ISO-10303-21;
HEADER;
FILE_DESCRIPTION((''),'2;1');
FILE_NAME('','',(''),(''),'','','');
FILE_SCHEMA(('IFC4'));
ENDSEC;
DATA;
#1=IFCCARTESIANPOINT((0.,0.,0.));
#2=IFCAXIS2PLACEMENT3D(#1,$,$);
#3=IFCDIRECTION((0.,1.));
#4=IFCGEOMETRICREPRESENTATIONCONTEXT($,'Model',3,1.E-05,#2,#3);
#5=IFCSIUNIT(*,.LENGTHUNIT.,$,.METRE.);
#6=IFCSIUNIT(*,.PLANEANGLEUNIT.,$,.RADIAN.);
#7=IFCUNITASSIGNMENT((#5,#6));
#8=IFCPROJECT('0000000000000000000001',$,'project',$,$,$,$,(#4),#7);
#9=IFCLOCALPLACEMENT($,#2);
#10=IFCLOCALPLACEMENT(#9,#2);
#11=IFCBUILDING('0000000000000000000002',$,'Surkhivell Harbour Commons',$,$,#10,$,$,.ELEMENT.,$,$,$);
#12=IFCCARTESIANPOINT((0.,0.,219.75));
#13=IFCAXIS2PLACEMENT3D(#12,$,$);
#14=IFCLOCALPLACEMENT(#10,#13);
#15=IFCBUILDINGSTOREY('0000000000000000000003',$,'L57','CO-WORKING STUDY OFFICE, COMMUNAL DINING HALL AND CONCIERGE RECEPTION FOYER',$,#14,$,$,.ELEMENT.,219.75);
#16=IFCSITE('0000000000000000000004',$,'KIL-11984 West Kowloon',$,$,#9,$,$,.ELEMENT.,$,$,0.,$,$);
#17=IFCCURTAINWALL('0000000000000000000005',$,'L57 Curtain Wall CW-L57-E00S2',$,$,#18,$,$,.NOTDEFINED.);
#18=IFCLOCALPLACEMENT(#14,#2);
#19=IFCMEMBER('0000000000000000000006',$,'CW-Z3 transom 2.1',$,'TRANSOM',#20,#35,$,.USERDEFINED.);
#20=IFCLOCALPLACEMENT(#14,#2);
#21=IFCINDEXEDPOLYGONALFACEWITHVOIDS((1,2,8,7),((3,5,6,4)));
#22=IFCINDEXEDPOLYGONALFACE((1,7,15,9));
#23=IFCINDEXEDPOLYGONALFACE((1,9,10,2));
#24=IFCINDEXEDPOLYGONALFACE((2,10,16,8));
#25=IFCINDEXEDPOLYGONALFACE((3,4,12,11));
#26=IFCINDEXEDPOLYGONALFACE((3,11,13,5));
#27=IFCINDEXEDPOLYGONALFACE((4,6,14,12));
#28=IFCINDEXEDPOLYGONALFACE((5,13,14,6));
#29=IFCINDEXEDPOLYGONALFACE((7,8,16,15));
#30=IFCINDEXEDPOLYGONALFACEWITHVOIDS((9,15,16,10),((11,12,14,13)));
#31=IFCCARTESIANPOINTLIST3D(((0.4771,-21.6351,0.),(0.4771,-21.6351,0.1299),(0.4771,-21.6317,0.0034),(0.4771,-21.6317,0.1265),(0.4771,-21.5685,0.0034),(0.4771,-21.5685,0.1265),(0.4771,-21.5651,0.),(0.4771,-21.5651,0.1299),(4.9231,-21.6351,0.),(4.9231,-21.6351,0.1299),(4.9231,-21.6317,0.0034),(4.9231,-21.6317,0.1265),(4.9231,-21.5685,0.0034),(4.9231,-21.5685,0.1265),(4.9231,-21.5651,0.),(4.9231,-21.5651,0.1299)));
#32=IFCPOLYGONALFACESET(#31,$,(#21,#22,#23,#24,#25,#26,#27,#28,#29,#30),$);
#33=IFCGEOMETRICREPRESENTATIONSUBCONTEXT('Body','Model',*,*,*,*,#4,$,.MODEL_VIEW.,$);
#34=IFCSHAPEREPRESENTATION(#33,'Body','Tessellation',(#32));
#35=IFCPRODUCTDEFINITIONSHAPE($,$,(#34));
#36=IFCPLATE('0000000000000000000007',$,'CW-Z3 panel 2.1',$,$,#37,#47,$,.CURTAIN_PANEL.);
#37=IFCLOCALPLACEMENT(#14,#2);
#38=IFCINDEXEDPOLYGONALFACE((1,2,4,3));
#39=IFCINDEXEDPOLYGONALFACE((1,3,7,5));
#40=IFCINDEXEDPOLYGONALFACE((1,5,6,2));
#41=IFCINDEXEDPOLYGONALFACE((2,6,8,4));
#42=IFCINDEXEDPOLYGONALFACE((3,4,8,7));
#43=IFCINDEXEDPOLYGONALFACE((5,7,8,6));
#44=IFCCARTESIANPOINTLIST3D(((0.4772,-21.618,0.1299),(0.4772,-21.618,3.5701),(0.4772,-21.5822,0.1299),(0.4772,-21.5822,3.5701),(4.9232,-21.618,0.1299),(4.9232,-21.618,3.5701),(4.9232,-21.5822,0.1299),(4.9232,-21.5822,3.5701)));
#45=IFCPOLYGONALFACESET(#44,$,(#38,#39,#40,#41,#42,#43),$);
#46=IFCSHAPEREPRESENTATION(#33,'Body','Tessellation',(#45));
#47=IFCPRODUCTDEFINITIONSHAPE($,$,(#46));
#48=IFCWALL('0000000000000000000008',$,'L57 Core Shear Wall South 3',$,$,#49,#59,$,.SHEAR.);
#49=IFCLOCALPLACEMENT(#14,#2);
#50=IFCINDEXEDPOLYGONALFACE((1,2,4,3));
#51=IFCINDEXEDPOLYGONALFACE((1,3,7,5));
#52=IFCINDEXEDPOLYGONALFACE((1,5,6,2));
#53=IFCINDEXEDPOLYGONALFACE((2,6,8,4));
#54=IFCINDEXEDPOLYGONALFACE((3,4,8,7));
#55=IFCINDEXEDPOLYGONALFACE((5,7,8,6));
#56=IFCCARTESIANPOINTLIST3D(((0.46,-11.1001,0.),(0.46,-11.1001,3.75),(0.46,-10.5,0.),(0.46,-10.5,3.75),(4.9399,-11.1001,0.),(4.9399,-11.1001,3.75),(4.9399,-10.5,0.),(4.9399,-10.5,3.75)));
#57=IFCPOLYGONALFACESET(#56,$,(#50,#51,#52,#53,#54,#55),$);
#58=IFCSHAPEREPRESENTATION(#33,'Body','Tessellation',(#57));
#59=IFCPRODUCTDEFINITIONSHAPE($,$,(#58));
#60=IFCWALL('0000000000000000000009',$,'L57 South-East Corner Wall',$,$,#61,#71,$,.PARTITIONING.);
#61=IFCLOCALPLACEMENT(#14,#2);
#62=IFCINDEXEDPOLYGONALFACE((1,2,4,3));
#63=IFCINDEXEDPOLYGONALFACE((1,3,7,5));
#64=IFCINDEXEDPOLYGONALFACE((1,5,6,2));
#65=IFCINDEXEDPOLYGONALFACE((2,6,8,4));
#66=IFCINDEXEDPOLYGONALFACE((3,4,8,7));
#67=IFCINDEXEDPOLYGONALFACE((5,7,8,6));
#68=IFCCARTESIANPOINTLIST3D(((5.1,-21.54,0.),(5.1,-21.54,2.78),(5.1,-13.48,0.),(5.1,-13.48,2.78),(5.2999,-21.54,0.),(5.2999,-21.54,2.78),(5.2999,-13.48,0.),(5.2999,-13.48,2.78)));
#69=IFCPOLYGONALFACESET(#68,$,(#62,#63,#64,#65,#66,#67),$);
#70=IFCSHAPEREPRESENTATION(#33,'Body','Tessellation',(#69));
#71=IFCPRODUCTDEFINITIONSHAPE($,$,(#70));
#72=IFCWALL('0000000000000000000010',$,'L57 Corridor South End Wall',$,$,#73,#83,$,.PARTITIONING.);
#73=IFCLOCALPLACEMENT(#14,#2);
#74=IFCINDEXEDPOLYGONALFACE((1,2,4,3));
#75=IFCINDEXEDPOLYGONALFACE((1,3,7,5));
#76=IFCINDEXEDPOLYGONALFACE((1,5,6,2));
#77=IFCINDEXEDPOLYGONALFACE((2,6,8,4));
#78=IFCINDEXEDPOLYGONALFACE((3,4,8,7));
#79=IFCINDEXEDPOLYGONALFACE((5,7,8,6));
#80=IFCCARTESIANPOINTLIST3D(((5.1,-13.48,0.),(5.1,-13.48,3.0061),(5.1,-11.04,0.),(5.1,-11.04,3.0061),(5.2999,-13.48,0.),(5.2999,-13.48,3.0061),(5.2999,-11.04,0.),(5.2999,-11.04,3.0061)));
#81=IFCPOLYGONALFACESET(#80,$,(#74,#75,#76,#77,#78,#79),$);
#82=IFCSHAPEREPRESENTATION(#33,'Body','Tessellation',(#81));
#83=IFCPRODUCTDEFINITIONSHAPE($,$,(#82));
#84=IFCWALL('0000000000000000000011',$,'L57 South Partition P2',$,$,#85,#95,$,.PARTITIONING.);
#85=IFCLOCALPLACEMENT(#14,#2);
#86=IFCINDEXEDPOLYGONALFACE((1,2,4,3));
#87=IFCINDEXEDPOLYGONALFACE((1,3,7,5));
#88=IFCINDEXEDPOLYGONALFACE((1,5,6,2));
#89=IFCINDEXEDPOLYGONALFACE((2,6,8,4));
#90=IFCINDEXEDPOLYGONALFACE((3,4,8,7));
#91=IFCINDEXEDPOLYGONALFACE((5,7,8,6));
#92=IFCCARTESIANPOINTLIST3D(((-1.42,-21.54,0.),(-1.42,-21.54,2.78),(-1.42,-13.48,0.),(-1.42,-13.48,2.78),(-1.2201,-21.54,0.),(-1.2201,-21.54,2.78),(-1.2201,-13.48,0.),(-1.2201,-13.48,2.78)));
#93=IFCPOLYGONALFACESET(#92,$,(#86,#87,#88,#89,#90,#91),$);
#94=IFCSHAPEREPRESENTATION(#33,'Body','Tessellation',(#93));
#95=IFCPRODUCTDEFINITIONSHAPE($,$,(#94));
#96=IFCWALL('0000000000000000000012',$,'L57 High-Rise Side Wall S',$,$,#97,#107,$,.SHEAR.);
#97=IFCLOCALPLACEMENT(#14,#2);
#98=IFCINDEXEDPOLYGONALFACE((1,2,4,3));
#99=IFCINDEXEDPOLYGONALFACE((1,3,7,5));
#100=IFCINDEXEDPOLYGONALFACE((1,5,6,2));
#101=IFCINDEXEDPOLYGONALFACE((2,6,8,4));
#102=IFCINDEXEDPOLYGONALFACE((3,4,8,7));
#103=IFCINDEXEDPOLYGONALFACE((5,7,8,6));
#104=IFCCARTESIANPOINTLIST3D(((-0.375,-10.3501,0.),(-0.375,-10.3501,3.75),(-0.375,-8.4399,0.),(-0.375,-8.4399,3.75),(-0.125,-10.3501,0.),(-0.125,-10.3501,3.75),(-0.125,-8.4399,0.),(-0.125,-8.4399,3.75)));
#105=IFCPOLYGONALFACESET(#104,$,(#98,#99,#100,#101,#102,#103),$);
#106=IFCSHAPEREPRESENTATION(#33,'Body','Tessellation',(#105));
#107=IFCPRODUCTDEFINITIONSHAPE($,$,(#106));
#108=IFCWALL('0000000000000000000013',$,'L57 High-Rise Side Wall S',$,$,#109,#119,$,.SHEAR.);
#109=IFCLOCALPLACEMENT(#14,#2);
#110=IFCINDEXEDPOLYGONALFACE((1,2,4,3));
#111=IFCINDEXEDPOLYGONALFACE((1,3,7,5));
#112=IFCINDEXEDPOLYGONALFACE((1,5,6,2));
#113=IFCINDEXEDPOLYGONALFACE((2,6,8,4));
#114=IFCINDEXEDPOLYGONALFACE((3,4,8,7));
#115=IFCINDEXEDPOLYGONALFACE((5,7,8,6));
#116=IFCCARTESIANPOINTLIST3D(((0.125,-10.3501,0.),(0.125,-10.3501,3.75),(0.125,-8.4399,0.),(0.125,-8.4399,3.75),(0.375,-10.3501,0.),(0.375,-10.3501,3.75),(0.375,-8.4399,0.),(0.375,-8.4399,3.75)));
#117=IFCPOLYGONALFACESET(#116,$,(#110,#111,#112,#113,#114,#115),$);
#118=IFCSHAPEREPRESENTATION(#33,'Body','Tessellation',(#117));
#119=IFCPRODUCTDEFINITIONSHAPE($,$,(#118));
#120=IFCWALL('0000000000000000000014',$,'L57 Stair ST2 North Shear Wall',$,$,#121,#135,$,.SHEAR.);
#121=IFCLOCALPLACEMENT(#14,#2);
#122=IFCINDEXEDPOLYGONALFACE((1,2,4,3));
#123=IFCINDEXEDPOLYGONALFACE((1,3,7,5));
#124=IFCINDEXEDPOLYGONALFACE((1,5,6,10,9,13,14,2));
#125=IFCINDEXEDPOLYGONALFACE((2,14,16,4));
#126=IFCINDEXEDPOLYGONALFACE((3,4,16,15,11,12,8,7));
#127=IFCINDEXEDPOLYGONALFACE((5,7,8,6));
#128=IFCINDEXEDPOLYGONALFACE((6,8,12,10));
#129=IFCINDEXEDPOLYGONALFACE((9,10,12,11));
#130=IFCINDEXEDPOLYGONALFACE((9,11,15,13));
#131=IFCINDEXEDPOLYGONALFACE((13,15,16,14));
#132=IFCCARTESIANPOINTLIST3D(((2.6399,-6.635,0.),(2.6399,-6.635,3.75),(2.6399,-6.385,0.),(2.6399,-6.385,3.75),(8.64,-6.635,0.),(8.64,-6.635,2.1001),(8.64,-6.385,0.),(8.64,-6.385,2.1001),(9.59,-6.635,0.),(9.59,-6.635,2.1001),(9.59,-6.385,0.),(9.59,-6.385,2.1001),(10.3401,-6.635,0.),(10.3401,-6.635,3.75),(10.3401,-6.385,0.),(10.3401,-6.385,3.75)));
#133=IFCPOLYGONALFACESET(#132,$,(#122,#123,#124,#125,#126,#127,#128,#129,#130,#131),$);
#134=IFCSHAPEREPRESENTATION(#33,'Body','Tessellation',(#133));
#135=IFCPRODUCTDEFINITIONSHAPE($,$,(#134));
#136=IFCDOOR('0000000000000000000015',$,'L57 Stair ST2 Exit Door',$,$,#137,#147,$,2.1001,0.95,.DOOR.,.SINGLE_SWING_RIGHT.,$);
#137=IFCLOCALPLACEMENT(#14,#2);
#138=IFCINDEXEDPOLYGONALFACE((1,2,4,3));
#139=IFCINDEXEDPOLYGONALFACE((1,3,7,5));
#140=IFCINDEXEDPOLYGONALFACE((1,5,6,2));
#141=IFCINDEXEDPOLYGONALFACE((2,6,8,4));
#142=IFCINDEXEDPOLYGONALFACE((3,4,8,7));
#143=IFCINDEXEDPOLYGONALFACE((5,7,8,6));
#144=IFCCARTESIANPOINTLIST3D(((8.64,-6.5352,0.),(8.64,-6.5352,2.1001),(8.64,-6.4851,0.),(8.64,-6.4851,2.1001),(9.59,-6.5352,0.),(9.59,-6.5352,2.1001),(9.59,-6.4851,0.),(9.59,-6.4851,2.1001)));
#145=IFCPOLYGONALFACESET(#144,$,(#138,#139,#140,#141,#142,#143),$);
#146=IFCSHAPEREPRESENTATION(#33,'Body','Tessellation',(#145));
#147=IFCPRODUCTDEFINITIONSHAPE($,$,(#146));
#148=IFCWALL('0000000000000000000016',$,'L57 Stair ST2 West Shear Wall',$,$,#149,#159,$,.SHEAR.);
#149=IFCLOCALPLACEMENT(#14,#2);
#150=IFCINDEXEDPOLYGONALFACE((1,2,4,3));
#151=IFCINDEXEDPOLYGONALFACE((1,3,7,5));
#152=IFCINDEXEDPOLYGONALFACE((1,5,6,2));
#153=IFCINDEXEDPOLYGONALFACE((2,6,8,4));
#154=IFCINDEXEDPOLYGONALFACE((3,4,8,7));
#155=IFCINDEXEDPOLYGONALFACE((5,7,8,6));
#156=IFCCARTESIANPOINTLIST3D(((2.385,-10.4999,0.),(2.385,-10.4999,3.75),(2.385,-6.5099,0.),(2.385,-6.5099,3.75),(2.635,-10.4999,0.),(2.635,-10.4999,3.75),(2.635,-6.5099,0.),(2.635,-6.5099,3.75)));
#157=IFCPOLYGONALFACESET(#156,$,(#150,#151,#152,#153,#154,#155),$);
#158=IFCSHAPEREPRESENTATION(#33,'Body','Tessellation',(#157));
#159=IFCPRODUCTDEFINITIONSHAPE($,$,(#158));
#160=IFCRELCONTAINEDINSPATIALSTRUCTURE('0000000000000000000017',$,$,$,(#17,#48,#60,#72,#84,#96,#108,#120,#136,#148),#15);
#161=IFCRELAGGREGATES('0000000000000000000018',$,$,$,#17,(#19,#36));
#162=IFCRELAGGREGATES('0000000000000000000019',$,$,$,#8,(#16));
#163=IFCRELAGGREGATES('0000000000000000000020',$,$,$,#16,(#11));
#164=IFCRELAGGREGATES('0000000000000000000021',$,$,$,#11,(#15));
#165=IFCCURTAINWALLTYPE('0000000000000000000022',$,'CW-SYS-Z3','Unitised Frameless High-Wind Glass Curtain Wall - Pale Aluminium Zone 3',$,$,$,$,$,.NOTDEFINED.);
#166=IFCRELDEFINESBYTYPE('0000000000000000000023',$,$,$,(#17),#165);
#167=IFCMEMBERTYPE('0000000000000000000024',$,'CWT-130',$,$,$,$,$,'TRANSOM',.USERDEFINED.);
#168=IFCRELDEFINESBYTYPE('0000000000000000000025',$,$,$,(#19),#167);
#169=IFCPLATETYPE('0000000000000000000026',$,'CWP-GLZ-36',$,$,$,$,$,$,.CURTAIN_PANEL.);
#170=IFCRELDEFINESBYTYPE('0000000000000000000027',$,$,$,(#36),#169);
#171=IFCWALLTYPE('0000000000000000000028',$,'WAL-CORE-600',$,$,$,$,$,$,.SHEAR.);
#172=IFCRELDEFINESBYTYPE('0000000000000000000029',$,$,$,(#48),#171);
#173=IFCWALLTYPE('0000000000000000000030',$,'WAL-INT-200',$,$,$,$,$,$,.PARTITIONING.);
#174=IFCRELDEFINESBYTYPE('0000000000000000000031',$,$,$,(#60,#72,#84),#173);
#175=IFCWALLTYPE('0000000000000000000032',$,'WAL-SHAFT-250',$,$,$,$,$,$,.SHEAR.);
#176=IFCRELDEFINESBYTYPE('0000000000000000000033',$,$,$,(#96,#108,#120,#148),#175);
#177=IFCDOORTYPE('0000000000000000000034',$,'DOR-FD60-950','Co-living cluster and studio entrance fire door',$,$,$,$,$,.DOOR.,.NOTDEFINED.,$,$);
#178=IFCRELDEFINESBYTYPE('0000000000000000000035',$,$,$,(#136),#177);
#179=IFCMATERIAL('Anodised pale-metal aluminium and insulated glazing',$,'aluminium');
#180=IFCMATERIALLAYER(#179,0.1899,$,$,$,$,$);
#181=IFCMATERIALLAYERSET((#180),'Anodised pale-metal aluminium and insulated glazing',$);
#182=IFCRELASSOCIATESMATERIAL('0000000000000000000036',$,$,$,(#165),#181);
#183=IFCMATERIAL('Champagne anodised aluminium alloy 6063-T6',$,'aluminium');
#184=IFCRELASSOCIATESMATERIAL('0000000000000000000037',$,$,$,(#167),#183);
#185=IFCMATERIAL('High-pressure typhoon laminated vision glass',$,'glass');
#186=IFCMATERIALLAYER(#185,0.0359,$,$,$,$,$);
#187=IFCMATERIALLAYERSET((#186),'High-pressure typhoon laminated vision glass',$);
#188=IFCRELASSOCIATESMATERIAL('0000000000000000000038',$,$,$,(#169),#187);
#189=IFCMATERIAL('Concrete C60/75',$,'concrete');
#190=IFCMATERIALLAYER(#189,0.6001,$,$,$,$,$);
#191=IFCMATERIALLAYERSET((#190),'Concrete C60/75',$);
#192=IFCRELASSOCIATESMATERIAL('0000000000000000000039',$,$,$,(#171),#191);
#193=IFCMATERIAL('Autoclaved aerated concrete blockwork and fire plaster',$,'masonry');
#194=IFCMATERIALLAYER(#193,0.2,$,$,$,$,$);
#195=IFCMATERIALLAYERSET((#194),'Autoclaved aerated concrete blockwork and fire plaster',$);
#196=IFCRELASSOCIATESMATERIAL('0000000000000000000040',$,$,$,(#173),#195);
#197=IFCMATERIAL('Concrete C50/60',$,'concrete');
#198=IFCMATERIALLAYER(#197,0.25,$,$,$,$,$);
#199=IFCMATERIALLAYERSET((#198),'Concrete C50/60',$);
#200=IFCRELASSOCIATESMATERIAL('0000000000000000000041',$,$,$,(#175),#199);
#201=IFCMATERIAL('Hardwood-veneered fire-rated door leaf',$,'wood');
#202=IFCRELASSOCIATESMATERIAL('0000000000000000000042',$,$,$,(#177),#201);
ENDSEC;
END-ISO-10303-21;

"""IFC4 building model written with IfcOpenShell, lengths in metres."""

from ifc_helpers import new_model, si_unit, direction, frame, frame_2d, origin, origin_2d, place, context, subcontext, project, spatial, rectangle, hollow_rectangle, extrude, material, layer, layer_set, material_profile, profile_set, type_object, element, fill, aggregate, save


model = new_model("IFC4")

# Units and contexts
model_context = context("Model", 3, precision=1e-05, world=origin(), true_north=direction((0.0, 1.0)))
body_context = subcontext(model_context, "Body", "Model", "MODEL_VIEW")
ifc_project = project(units=[si_unit("LENGTHUNIT", "METRE"), si_unit("PLANEANGLEUNIT", "RADIAN")], contexts=[model_context])

# Site, building, storey
site_placement = place(None, origin())
site = spatial("IfcSite", under=ifc_project, at=site_placement, Name="KIL-11984 West Kowloon", CompositionType="ELEMENT", RefElevation=0.0)
building_placement = place(site_placement, origin())
building = spatial("IfcBuilding", under=site, at=building_placement, Name="Surkhivell Harbour Commons", CompositionType="ELEMENT")
storey_placement = place(building_placement, frame((0.0, 0.0, 219.75)))
storey = spatial("IfcBuildingStorey", under=building, at=storey_placement, Name="L57", Description="CO-WORKING STUDY OFFICE, COMMUNAL DINING HALL AND CONCIERGE RECEPTION FOYER", CompositionType="ELEMENT", Elevation=219.75)

# Shared definitions
ifc_material_1 = material(Name="Concrete C60/75", Category="concrete")
ifc_material_2 = material(Name="Concrete C50/60", Category="concrete")

# Curtain wall, member, plate
ifc_material_3 = material(Name="Anodised pale-metal aluminium and insulated glazing", Category="aluminium")
ifc_layer_1 = layer(ifc_material_3, 0.1899)
ifc_layer_set_1 = layer_set([ifc_layer_1], Name="Anodised pale-metal aluminium and insulated glazing")
curtain_wall_type = type_object("IfcCurtainWallType", Name="CW-SYS-Z3", Description="Unitised Frameless High-Wind Glass Curtain Wall - Pale Aluminium Zone 3", PredefinedType="NOTDEFINED", material=ifc_layer_set_1)
curtain_wall_placement = place(storey_placement, origin())
curtain_wall = element("IfcCurtainWall", 1, at=curtain_wall_placement, inside=storey, type_object=curtain_wall_type, Name="L57 Curtain Wall CW-L57-E00S2", PredefinedType="NOTDEFINED")
ifc_material_4 = material(Name="Champagne anodised aluminium alloy 6063-T6", Category="aluminium")
ifc_material_profile_1 = material_profile(ifc_material_4, hollow_rectangle(XDim=0.0701, YDim=0.1299, WallThickness=0.0034, at=origin_2d()), Name="ALU-TRAN-70x130")
ifc_profile_set_1 = profile_set([ifc_material_profile_1], Name="Champagne anodised aluminium alloy 6063-T6")
member_type_1 = type_object("IfcMemberType", Name="CWT-130", ElementType="TRANSOM", PredefinedType="USERDEFINED", material=ifc_profile_set_1)
member_1_placement = place(storey_placement, frame((0.4771, -21.6001, 0.0649), z_axis=(1.0, 0.0, 0.0), x_axis=(0.0, 1.0, 0.0)))
member_1 = element("IfcMember", 2, at=member_1_placement, type_object=member_type_1, Name="CW-Z3 transom 2.1", ObjectType="TRANSOM", PredefinedType="USERDEFINED", context=body_context, shape_type="SweptSolid", body=[
    extrude(hollow_rectangle(XDim=0.0701, YDim=0.1299, WallThickness=0.0034, at=origin_2d()), origin(), (0.0, 0.0, 1.0), 4.446),
])
ifc_material_5 = material(Name="High-pressure typhoon laminated vision glass", Category="glass")
ifc_layer_2 = layer(ifc_material_5, 0.0359)
ifc_layer_set_2 = layer_set([ifc_layer_2], Name="High-pressure typhoon laminated vision glass")
plate_type = type_object("IfcPlateType", Name="CWP-GLZ-36", PredefinedType="CURTAIN_PANEL", material=ifc_layer_set_2)
plate_placement = place(storey_placement, frame((0.4771, -21.6001, 0.1299), z_axis=(0.0, 0.0, 1.0), x_axis=(1.0, 0.0, 0.0)))
plate = element("IfcPlate", 3, at=plate_placement, type_object=plate_type, Name="CW-Z3 panel 2.1", PredefinedType="CURTAIN_PANEL", context=body_context, shape_type="SweptSolid", body=[
    extrude(rectangle(XDim=4.446, YDim=0.0359, at=frame_2d((2.2231, 0.0))), origin(), (0.0, 0.0, 1.0), 3.4402),
])
aggregate(curtain_wall, [member_1, plate])

# Walls
ifc_layer_3 = layer(ifc_material_1, 0.6001)
ifc_layer_set_3 = layer_set([ifc_layer_3], Name="Concrete C60/75")
wall_type_1 = type_object("IfcWallType", Name="WAL-CORE-600", PredefinedType="SHEAR", material=ifc_layer_set_3)
wall_1_placement = place(storey_placement, frame((0.46, -10.8, 0.0), z_axis=(0.0, 0.0, 1.0), x_axis=(1.0, 0.0, 0.0)))
element("IfcWall", 4, at=wall_1_placement, inside=storey, type_object=wall_type_1, Name="L57 Core Shear Wall South 3", PredefinedType="SHEAR", context=body_context, shape_type="SweptSolid", body=[
    extrude(rectangle(XDim=4.48, YDim=0.6001, at=frame_2d((2.24, 0.0))), origin(), (0.0, 0.0, 1.0), 3.75),
])
ifc_material_6 = material(Name="Autoclaved aerated concrete blockwork and fire plaster", Category="masonry")
ifc_layer_4 = layer(ifc_material_6, 0.2)
ifc_layer_set_4 = layer_set([ifc_layer_4], Name="Autoclaved aerated concrete blockwork and fire plaster")
wall_type_2 = type_object("IfcWallType", Name="WAL-INT-200", PredefinedType="PARTITIONING", material=ifc_layer_set_4)
wall_2_placement = place(storey_placement, frame((5.2, -21.54, 0.0), z_axis=(0.0, 0.0, 1.0), x_axis=(0.0, 1.0, 0.0)))
element("IfcWall", 5, at=wall_2_placement, inside=storey, type_object=wall_type_2, Name="L57 South-East Corner Wall", PredefinedType="PARTITIONING", context=body_context, shape_type="SweptSolid", body=[
    extrude(rectangle(XDim=8.0601, YDim=0.2, at=frame_2d((4.03, 0.0))), origin(), (0.0, 0.0, 1.0), 2.78),
])
wall_3_placement = place(storey_placement, frame((5.2, -13.48, 0.0), z_axis=(0.0, 0.0, 1.0), x_axis=(0.0, 1.0, 0.0)))
element("IfcWall", 6, at=wall_3_placement, inside=storey, type_object=wall_type_2, Name="L57 Corridor South End Wall", PredefinedType="PARTITIONING", context=body_context, shape_type="SweptSolid", body=[
    extrude(rectangle(XDim=2.4399, YDim=0.2, at=frame_2d((1.22, 0.0))), origin(), (0.0, 0.0, 1.0), 3.0061),
])
wall_4_placement = place(storey_placement, frame((-1.3201, -21.54, 0.0), z_axis=(0.0, 0.0, 1.0), x_axis=(0.0, 1.0, 0.0)))
element("IfcWall", 7, at=wall_4_placement, inside=storey, type_object=wall_type_2, Name="L57 South Partition P2", PredefinedType="PARTITIONING", context=body_context, shape_type="SweptSolid", body=[
    extrude(rectangle(XDim=8.0601, YDim=0.2, at=frame_2d((4.03, 0.0))), origin(), (0.0, 0.0, 1.0), 2.78),
])
ifc_layer_5 = layer(ifc_material_2, 0.25)
ifc_layer_set_5 = layer_set([ifc_layer_5], Name="Concrete C50/60")
wall_type_3 = type_object("IfcWallType", Name="WAL-SHAFT-250", PredefinedType="SHEAR", material=ifc_layer_set_5)
for number, where, z_axis, x_axis, name in (
    (8, (-0.25, -10.3501, 0.0), (0.0, 0.0, 1.0), (0.0, 1.0, 0.0), "L57 High-Rise Side Wall S"),
    (9, (0.25, -10.3501, 0.0), (0.0, 0.0, 1.0), (0.0, 1.0, 0.0), "L57 High-Rise Side Wall S"),
):
    element("IfcWall", number, at=place(storey_placement, frame(where, z_axis=z_axis, x_axis=x_axis)), inside=storey, type_object=wall_type_3, Name=name, PredefinedType="SHEAR", context=body_context, shape_type="SweptSolid", body=[
        extrude(rectangle(XDim=1.9102, YDim=0.25, at=frame_2d((0.9551, 0.0))), origin(), (0.0, 0.0, 1.0), 3.75),
    ])

# Wall, opening, door
wall_5_placement = place(storey_placement, frame((2.6399, -6.51, 0.0), z_axis=(0.0, 0.0, 1.0), x_axis=(1.0, 0.0, 0.0)))
wall_5 = element("IfcWall", 10, at=wall_5_placement, inside=storey, type_object=wall_type_3, Name="L57 Stair ST2 North Shear Wall", PredefinedType="SHEAR", context=body_context, shape_type="SweptSolid", body=[
    extrude(rectangle(XDim=7.7002, YDim=0.25, at=frame_2d((3.8501, 0.0))), origin(), (0.0, 0.0, 1.0), 3.75),
])
opening_placement = place(wall_5_placement, frame((6.0, 0.0, 0.0)))
opening = element("IfcOpeningElement", 11, at=opening_placement, cuts=wall_5, PredefinedType="OPENING", context=body_context, shape_type="SweptSolid", body=[
    extrude(rectangle(XDim=0.95, YDim=2.1001, at=frame_2d((0.4751, 1.05))), frame((0.0, 0.135, 0.0), z_axis=(0.0, -1.0, 0.0), x_axis=(1.0, 0.0, 0.0)), (0.0, 0.0, 1.0), 0.27),
])
ifc_material_7 = material(Name="Hardwood-veneered fire-rated door leaf", Category="wood")
door_type = type_object("IfcDoorType", Name="DOR-FD60-950", Description="Co-living cluster and studio entrance fire door", OperationType="NOTDEFINED", PredefinedType="DOOR", material=ifc_material_7)
door_placement = place(opening_placement, origin())
door = element("IfcDoor", 12, at=door_placement, inside=storey, type_object=door_type, Name="L57 Stair ST2 Exit Door", OperationType="SINGLE_SWING_RIGHT", OverallHeight=2.1001, OverallWidth=0.95, PredefinedType="DOOR", context=body_context, shape_type="SweptSolid", body=[
    extrude(rectangle(XDim=0.95, YDim=2.1001, at=frame_2d((0.4751, 1.05))), frame((0.0, 0.0249, 0.0), z_axis=(0.0, -1.0, 0.0), x_axis=(1.0, 0.0, 0.0)), (0.0, 0.0, 1.0), 0.05),
])
fill(opening, door)

# Wall
wall_6_placement = place(storey_placement, frame((2.51, -10.5, 0.0), z_axis=(0.0, 0.0, 1.0), x_axis=(0.0, 1.0, 0.0)))
element("IfcWall", 13, at=wall_6_placement, inside=storey, type_object=wall_type_3, Name="L57 Stair ST2 West Shear Wall", PredefinedType="SHEAR", context=body_context, shape_type="SweptSolid", body=[
    extrude(rectangle(XDim=3.99, YDim=0.25, at=frame_2d((1.9951, 0.0))), origin(), (0.0, 0.0, 1.0), 3.75),
])

save(model, "model.ifc")
